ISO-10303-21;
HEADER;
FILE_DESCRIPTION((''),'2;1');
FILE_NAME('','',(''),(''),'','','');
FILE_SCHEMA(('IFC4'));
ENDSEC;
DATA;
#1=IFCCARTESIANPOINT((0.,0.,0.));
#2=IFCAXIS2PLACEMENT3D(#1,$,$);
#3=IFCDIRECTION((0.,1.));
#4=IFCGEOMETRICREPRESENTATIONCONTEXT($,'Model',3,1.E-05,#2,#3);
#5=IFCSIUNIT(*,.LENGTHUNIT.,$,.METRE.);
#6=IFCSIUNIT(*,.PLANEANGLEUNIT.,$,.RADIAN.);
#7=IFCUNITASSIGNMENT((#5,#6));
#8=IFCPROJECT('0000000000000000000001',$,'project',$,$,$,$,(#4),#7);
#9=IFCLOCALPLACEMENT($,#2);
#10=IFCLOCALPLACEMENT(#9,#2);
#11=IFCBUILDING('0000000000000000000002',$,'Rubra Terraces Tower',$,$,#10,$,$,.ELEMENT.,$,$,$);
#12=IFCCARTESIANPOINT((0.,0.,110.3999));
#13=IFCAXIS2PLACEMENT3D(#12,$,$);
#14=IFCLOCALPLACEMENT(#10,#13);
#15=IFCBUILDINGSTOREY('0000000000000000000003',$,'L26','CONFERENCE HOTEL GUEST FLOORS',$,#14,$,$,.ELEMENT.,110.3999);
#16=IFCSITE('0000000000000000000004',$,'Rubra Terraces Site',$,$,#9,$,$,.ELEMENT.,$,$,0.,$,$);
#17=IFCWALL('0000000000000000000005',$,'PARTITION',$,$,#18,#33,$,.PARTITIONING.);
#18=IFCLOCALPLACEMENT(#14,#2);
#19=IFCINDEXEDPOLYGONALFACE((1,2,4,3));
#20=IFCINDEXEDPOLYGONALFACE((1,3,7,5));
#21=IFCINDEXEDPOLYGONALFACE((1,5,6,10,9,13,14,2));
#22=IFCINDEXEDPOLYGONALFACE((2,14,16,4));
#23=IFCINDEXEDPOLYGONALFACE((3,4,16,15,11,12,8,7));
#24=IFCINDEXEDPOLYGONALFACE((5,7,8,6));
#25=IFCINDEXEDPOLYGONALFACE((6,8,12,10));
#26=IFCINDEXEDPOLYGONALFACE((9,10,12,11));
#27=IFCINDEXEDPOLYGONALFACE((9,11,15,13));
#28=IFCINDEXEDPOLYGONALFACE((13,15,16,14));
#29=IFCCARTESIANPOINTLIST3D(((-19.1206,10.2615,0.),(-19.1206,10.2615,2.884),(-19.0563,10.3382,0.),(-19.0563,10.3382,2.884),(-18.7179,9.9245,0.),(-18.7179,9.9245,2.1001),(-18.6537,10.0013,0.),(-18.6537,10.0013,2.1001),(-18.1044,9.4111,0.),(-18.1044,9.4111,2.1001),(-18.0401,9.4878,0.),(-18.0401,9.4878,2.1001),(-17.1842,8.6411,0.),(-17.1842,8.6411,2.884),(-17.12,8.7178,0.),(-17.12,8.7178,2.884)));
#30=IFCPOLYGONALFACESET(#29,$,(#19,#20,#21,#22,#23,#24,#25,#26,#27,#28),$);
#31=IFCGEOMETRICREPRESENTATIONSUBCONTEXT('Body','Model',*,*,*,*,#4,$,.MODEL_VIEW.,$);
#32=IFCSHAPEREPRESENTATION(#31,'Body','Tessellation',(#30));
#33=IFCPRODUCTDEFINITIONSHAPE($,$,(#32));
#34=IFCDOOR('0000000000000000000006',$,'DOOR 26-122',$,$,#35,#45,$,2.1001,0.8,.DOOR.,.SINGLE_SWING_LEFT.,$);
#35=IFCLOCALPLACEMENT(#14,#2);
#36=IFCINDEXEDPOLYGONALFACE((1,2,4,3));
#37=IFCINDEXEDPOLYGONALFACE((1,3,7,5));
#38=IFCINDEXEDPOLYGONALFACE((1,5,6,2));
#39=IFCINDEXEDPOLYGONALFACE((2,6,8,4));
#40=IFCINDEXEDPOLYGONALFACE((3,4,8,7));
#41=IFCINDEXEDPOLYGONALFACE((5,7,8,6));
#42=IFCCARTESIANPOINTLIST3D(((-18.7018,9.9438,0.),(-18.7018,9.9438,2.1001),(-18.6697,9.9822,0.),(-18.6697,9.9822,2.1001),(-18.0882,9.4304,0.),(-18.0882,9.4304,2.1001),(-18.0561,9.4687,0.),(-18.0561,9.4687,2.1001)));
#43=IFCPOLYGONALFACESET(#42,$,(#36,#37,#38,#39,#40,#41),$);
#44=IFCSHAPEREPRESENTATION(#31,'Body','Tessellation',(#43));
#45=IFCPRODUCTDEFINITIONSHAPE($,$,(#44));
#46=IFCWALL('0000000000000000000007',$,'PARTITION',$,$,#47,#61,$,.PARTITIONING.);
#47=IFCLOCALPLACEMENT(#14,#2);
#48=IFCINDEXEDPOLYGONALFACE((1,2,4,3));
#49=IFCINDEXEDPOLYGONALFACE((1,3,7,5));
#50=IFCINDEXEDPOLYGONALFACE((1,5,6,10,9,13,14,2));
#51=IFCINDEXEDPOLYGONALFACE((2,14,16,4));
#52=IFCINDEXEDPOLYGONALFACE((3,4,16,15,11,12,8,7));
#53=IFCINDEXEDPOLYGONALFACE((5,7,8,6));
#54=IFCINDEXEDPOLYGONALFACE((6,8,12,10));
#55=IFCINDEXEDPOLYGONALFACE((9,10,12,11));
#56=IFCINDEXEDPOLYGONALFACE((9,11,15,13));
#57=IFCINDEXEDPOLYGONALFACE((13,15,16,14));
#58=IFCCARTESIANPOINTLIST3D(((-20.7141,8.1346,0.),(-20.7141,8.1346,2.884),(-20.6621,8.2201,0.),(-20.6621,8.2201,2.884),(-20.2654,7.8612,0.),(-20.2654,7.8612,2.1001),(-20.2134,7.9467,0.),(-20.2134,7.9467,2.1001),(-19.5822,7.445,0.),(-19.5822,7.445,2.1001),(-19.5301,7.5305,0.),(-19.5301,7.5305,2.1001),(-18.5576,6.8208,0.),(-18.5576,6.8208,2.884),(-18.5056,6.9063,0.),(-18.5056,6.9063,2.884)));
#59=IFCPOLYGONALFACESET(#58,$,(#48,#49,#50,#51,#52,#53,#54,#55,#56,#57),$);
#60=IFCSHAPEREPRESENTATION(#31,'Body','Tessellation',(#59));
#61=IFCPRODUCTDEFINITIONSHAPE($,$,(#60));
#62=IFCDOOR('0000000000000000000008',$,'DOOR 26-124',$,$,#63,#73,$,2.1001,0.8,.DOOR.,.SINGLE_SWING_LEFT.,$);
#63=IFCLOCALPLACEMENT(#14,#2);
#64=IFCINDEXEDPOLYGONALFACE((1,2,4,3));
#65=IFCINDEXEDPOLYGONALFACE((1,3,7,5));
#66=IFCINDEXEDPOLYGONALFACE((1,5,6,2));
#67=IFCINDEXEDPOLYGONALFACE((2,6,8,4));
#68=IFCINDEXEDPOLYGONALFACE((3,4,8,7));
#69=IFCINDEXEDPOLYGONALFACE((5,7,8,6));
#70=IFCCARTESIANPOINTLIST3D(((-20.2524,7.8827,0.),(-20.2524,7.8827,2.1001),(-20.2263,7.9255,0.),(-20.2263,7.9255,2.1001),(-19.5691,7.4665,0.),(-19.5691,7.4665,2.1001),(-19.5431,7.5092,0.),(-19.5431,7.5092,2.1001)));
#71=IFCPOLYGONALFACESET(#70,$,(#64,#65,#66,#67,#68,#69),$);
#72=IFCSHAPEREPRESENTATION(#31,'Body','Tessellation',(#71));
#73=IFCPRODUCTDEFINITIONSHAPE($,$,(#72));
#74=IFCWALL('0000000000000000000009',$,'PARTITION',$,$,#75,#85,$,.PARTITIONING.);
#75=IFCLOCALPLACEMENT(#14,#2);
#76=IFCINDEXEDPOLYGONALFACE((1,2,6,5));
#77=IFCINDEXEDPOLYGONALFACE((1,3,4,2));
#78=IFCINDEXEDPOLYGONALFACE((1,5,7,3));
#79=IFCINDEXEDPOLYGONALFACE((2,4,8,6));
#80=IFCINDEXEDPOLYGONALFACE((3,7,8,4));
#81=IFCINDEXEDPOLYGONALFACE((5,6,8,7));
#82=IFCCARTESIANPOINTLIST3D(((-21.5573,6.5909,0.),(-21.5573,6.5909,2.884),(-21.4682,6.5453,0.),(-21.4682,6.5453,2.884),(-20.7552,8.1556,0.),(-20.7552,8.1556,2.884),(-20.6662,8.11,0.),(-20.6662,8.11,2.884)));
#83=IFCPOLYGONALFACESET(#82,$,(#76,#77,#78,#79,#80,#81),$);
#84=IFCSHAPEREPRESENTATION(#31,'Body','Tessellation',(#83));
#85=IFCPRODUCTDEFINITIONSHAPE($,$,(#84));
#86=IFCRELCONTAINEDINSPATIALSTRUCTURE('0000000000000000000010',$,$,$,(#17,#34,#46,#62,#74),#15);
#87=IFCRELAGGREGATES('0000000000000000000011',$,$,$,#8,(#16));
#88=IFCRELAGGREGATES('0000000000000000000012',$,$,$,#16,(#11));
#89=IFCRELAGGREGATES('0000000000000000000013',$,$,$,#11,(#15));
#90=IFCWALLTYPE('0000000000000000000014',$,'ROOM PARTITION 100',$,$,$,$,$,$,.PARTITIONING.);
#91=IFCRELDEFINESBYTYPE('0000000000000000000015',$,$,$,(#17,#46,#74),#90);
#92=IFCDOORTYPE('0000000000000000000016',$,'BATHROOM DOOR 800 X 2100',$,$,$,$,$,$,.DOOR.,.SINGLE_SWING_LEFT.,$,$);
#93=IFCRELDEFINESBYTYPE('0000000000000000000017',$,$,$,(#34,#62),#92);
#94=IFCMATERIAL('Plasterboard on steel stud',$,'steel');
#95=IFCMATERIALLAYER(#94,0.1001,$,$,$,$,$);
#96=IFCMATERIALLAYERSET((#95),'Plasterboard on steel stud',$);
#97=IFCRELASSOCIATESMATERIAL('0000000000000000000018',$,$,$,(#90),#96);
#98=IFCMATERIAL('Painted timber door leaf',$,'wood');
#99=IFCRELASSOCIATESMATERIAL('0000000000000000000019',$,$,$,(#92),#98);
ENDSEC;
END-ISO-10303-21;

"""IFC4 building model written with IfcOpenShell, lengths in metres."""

from ifc_helpers import new_model, si_unit, direction, frame, frame_2d, origin, place, context, subcontext, project, spatial, rectangle, extrude, material, layer, layer_set, type_object, element, fill, save


model = new_model("IFC4")

# Units and contexts
model_context = context("Model", 3, precision=1e-05, world=origin(), true_north=direction((0.0, 1.0)))
body_context = subcontext(model_context, "Body", "Model", "MODEL_VIEW")
ifc_project = project(units=[si_unit("LENGTHUNIT", "METRE"), si_unit("PLANEANGLEUNIT", "RADIAN")], contexts=[model_context])

# Site, building, storey
site_placement = place(None, origin())
site = spatial("IfcSite", under=ifc_project, at=site_placement, Name="Rubra Terraces Site", CompositionType="ELEMENT", RefElevation=0.0)
building_placement = place(site_placement, origin())
building = spatial("IfcBuilding", under=site, at=building_placement, Name="Rubra Terraces Tower", CompositionType="ELEMENT")
storey_placement = place(building_placement, frame((0.0, 0.0, 110.3999)))
storey = spatial("IfcBuildingStorey", under=building, at=storey_placement, Name="L26", Description="CONFERENCE HOTEL GUEST FLOORS", CompositionType="ELEMENT", Elevation=110.3999)

# Shared definitions
ifc_material_1 = material(Name="Painted timber door leaf", Category="wood")

# Walls, openings, doors
ifc_material_2 = material(Name="Plasterboard on steel stud", Category="steel")
ifc_layer_1 = layer(ifc_material_2, 0.1001)
ifc_layer_set_1 = layer_set([ifc_layer_1], Name="Plasterboard on steel stud")
wall_type_1 = type_object("IfcWallType", Name="ROOM PARTITION 100", PredefinedType="PARTITIONING", material=ifc_layer_set_1)
wall_1_placement = place(storey_placement, frame((-17.1521, 8.6794, 0.0), z_axis=(0.0, 0.0, 1.0), x_axis=(-0.766896, 0.641771, 0.0)))
wall_1 = element("IfcWall", 1, at=wall_1_placement, inside=storey, type_object=wall_type_1, Name="PARTITION", PredefinedType="PARTITIONING", context=body_context, shape_type="SweptSolid", body=[
    extrude(rectangle(XDim=2.5249, YDim=0.1001, at=frame_2d((1.2625, 0.0))), origin(), (0.0, 0.0, 1.0), 2.884),
])
opening_1_placement = place(wall_1_placement, frame((1.2, 0.0, 0.0)))
opening_1 = element("IfcOpeningElement", 2, at=opening_1_placement, cuts=wall_1, PredefinedType="OPENING", context=body_context, shape_type="SweptSolid", body=[
    extrude(rectangle(XDim=0.8, YDim=2.1001, at=frame_2d((0.3999, 1.05))), frame((0.0, 0.0601, 0.0), z_axis=(0.0, -1.0, 0.0), x_axis=(1.0, 0.0, 0.0)), (0.0, 0.0, 1.0), 0.1201),
])
door_type_1 = type_object("IfcDoorType", Name="BATHROOM DOOR 800 X 2100", OperationType="SINGLE_SWING_LEFT", PredefinedType="DOOR", material=ifc_material_1)
door_1_placement = place(opening_1_placement, origin())
door_1 = element("IfcDoor", 3, at=door_1_placement, inside=storey, type_object=door_type_1, Name="DOOR 26-122", OperationType="SINGLE_SWING_LEFT", OverallHeight=2.1001, OverallWidth=0.8, PredefinedType="DOOR", context=body_context, shape_type="SweptSolid", body=[
    extrude(rectangle(XDim=0.8, YDim=2.1001, at=frame_2d((0.3999, 1.05))), frame((0.0, 0.0249, 0.0), z_axis=(0.0, -1.0, 0.0), x_axis=(1.0, 0.0, 0.0)), (0.0, 0.0, 1.0), 0.05),
])
fill(opening_1, door_1)
wall_2_placement = place(storey_placement, frame((-18.5315, 6.8635, 0.0), z_axis=(0.0, 0.0, 1.0), x_axis=(-0.85401, 0.520257, 0.0)))
wall_2 = element("IfcWall", 4, at=wall_2_placement, inside=storey, type_object=wall_type_1, Name="PARTITION", PredefinedType="PARTITIONING", context=body_context, shape_type="SweptSolid", body=[
    extrude(rectangle(XDim=2.5251, YDim=0.1001, at=frame_2d((1.2627, 0.0))), origin(), (0.0, 0.0, 1.0), 2.884),
])
opening_2_placement = place(wall_2_placement, frame((1.2, 0.0, 0.0)))
opening_2 = element("IfcOpeningElement", 5, at=opening_2_placement, cuts=wall_2, PredefinedType="OPENING", context=body_context, shape_type="SweptSolid", body=[
    extrude(rectangle(XDim=0.8, YDim=2.1001, at=frame_2d((0.3999, 1.05))), frame((0.0, 0.0601, 0.0), z_axis=(0.0, -1.0, 0.0), x_axis=(1.0, 0.0, 0.0)), (0.0, 0.0, 1.0), 0.1201),
])
door_2_placement = place(opening_2_placement, origin())
door_2 = element("IfcDoor", 6, at=door_2_placement, inside=storey, type_object=door_type_1, Name="DOOR 26-124", OperationType="SINGLE_SWING_LEFT", OverallHeight=2.1001, OverallWidth=0.8, PredefinedType="DOOR", context=body_context, shape_type="SweptSolid", body=[
    extrude(rectangle(XDim=0.8, YDim=2.1001, at=frame_2d((0.3999, 1.05))), frame((0.0, 0.0249, 0.0), z_axis=(0.0, -1.0, 0.0), x_axis=(1.0, 0.0, 0.0)), (0.0, 0.0, 1.0), 0.05),
])
fill(opening_2, door_2)

# Wall
wall_3_placement = place(storey_placement, frame((-20.7107, 8.1328, 0.0), z_axis=(0.0, 0.0, 1.0), x_axis=(-0.456133, -0.889911, 0.0)))
element("IfcWall", 7, at=wall_3_placement, inside=storey, type_object=wall_type_1, Name="PARTITION", PredefinedType="PARTITIONING", context=body_context, shape_type="SweptSolid", body=[
    extrude(rectangle(XDim=1.7583, YDim=0.1001, at=frame_2d((0.8792, 0.0))), origin(), (0.0, 0.0, 1.0), 2.884),
])

save(model, "model.ifc")
